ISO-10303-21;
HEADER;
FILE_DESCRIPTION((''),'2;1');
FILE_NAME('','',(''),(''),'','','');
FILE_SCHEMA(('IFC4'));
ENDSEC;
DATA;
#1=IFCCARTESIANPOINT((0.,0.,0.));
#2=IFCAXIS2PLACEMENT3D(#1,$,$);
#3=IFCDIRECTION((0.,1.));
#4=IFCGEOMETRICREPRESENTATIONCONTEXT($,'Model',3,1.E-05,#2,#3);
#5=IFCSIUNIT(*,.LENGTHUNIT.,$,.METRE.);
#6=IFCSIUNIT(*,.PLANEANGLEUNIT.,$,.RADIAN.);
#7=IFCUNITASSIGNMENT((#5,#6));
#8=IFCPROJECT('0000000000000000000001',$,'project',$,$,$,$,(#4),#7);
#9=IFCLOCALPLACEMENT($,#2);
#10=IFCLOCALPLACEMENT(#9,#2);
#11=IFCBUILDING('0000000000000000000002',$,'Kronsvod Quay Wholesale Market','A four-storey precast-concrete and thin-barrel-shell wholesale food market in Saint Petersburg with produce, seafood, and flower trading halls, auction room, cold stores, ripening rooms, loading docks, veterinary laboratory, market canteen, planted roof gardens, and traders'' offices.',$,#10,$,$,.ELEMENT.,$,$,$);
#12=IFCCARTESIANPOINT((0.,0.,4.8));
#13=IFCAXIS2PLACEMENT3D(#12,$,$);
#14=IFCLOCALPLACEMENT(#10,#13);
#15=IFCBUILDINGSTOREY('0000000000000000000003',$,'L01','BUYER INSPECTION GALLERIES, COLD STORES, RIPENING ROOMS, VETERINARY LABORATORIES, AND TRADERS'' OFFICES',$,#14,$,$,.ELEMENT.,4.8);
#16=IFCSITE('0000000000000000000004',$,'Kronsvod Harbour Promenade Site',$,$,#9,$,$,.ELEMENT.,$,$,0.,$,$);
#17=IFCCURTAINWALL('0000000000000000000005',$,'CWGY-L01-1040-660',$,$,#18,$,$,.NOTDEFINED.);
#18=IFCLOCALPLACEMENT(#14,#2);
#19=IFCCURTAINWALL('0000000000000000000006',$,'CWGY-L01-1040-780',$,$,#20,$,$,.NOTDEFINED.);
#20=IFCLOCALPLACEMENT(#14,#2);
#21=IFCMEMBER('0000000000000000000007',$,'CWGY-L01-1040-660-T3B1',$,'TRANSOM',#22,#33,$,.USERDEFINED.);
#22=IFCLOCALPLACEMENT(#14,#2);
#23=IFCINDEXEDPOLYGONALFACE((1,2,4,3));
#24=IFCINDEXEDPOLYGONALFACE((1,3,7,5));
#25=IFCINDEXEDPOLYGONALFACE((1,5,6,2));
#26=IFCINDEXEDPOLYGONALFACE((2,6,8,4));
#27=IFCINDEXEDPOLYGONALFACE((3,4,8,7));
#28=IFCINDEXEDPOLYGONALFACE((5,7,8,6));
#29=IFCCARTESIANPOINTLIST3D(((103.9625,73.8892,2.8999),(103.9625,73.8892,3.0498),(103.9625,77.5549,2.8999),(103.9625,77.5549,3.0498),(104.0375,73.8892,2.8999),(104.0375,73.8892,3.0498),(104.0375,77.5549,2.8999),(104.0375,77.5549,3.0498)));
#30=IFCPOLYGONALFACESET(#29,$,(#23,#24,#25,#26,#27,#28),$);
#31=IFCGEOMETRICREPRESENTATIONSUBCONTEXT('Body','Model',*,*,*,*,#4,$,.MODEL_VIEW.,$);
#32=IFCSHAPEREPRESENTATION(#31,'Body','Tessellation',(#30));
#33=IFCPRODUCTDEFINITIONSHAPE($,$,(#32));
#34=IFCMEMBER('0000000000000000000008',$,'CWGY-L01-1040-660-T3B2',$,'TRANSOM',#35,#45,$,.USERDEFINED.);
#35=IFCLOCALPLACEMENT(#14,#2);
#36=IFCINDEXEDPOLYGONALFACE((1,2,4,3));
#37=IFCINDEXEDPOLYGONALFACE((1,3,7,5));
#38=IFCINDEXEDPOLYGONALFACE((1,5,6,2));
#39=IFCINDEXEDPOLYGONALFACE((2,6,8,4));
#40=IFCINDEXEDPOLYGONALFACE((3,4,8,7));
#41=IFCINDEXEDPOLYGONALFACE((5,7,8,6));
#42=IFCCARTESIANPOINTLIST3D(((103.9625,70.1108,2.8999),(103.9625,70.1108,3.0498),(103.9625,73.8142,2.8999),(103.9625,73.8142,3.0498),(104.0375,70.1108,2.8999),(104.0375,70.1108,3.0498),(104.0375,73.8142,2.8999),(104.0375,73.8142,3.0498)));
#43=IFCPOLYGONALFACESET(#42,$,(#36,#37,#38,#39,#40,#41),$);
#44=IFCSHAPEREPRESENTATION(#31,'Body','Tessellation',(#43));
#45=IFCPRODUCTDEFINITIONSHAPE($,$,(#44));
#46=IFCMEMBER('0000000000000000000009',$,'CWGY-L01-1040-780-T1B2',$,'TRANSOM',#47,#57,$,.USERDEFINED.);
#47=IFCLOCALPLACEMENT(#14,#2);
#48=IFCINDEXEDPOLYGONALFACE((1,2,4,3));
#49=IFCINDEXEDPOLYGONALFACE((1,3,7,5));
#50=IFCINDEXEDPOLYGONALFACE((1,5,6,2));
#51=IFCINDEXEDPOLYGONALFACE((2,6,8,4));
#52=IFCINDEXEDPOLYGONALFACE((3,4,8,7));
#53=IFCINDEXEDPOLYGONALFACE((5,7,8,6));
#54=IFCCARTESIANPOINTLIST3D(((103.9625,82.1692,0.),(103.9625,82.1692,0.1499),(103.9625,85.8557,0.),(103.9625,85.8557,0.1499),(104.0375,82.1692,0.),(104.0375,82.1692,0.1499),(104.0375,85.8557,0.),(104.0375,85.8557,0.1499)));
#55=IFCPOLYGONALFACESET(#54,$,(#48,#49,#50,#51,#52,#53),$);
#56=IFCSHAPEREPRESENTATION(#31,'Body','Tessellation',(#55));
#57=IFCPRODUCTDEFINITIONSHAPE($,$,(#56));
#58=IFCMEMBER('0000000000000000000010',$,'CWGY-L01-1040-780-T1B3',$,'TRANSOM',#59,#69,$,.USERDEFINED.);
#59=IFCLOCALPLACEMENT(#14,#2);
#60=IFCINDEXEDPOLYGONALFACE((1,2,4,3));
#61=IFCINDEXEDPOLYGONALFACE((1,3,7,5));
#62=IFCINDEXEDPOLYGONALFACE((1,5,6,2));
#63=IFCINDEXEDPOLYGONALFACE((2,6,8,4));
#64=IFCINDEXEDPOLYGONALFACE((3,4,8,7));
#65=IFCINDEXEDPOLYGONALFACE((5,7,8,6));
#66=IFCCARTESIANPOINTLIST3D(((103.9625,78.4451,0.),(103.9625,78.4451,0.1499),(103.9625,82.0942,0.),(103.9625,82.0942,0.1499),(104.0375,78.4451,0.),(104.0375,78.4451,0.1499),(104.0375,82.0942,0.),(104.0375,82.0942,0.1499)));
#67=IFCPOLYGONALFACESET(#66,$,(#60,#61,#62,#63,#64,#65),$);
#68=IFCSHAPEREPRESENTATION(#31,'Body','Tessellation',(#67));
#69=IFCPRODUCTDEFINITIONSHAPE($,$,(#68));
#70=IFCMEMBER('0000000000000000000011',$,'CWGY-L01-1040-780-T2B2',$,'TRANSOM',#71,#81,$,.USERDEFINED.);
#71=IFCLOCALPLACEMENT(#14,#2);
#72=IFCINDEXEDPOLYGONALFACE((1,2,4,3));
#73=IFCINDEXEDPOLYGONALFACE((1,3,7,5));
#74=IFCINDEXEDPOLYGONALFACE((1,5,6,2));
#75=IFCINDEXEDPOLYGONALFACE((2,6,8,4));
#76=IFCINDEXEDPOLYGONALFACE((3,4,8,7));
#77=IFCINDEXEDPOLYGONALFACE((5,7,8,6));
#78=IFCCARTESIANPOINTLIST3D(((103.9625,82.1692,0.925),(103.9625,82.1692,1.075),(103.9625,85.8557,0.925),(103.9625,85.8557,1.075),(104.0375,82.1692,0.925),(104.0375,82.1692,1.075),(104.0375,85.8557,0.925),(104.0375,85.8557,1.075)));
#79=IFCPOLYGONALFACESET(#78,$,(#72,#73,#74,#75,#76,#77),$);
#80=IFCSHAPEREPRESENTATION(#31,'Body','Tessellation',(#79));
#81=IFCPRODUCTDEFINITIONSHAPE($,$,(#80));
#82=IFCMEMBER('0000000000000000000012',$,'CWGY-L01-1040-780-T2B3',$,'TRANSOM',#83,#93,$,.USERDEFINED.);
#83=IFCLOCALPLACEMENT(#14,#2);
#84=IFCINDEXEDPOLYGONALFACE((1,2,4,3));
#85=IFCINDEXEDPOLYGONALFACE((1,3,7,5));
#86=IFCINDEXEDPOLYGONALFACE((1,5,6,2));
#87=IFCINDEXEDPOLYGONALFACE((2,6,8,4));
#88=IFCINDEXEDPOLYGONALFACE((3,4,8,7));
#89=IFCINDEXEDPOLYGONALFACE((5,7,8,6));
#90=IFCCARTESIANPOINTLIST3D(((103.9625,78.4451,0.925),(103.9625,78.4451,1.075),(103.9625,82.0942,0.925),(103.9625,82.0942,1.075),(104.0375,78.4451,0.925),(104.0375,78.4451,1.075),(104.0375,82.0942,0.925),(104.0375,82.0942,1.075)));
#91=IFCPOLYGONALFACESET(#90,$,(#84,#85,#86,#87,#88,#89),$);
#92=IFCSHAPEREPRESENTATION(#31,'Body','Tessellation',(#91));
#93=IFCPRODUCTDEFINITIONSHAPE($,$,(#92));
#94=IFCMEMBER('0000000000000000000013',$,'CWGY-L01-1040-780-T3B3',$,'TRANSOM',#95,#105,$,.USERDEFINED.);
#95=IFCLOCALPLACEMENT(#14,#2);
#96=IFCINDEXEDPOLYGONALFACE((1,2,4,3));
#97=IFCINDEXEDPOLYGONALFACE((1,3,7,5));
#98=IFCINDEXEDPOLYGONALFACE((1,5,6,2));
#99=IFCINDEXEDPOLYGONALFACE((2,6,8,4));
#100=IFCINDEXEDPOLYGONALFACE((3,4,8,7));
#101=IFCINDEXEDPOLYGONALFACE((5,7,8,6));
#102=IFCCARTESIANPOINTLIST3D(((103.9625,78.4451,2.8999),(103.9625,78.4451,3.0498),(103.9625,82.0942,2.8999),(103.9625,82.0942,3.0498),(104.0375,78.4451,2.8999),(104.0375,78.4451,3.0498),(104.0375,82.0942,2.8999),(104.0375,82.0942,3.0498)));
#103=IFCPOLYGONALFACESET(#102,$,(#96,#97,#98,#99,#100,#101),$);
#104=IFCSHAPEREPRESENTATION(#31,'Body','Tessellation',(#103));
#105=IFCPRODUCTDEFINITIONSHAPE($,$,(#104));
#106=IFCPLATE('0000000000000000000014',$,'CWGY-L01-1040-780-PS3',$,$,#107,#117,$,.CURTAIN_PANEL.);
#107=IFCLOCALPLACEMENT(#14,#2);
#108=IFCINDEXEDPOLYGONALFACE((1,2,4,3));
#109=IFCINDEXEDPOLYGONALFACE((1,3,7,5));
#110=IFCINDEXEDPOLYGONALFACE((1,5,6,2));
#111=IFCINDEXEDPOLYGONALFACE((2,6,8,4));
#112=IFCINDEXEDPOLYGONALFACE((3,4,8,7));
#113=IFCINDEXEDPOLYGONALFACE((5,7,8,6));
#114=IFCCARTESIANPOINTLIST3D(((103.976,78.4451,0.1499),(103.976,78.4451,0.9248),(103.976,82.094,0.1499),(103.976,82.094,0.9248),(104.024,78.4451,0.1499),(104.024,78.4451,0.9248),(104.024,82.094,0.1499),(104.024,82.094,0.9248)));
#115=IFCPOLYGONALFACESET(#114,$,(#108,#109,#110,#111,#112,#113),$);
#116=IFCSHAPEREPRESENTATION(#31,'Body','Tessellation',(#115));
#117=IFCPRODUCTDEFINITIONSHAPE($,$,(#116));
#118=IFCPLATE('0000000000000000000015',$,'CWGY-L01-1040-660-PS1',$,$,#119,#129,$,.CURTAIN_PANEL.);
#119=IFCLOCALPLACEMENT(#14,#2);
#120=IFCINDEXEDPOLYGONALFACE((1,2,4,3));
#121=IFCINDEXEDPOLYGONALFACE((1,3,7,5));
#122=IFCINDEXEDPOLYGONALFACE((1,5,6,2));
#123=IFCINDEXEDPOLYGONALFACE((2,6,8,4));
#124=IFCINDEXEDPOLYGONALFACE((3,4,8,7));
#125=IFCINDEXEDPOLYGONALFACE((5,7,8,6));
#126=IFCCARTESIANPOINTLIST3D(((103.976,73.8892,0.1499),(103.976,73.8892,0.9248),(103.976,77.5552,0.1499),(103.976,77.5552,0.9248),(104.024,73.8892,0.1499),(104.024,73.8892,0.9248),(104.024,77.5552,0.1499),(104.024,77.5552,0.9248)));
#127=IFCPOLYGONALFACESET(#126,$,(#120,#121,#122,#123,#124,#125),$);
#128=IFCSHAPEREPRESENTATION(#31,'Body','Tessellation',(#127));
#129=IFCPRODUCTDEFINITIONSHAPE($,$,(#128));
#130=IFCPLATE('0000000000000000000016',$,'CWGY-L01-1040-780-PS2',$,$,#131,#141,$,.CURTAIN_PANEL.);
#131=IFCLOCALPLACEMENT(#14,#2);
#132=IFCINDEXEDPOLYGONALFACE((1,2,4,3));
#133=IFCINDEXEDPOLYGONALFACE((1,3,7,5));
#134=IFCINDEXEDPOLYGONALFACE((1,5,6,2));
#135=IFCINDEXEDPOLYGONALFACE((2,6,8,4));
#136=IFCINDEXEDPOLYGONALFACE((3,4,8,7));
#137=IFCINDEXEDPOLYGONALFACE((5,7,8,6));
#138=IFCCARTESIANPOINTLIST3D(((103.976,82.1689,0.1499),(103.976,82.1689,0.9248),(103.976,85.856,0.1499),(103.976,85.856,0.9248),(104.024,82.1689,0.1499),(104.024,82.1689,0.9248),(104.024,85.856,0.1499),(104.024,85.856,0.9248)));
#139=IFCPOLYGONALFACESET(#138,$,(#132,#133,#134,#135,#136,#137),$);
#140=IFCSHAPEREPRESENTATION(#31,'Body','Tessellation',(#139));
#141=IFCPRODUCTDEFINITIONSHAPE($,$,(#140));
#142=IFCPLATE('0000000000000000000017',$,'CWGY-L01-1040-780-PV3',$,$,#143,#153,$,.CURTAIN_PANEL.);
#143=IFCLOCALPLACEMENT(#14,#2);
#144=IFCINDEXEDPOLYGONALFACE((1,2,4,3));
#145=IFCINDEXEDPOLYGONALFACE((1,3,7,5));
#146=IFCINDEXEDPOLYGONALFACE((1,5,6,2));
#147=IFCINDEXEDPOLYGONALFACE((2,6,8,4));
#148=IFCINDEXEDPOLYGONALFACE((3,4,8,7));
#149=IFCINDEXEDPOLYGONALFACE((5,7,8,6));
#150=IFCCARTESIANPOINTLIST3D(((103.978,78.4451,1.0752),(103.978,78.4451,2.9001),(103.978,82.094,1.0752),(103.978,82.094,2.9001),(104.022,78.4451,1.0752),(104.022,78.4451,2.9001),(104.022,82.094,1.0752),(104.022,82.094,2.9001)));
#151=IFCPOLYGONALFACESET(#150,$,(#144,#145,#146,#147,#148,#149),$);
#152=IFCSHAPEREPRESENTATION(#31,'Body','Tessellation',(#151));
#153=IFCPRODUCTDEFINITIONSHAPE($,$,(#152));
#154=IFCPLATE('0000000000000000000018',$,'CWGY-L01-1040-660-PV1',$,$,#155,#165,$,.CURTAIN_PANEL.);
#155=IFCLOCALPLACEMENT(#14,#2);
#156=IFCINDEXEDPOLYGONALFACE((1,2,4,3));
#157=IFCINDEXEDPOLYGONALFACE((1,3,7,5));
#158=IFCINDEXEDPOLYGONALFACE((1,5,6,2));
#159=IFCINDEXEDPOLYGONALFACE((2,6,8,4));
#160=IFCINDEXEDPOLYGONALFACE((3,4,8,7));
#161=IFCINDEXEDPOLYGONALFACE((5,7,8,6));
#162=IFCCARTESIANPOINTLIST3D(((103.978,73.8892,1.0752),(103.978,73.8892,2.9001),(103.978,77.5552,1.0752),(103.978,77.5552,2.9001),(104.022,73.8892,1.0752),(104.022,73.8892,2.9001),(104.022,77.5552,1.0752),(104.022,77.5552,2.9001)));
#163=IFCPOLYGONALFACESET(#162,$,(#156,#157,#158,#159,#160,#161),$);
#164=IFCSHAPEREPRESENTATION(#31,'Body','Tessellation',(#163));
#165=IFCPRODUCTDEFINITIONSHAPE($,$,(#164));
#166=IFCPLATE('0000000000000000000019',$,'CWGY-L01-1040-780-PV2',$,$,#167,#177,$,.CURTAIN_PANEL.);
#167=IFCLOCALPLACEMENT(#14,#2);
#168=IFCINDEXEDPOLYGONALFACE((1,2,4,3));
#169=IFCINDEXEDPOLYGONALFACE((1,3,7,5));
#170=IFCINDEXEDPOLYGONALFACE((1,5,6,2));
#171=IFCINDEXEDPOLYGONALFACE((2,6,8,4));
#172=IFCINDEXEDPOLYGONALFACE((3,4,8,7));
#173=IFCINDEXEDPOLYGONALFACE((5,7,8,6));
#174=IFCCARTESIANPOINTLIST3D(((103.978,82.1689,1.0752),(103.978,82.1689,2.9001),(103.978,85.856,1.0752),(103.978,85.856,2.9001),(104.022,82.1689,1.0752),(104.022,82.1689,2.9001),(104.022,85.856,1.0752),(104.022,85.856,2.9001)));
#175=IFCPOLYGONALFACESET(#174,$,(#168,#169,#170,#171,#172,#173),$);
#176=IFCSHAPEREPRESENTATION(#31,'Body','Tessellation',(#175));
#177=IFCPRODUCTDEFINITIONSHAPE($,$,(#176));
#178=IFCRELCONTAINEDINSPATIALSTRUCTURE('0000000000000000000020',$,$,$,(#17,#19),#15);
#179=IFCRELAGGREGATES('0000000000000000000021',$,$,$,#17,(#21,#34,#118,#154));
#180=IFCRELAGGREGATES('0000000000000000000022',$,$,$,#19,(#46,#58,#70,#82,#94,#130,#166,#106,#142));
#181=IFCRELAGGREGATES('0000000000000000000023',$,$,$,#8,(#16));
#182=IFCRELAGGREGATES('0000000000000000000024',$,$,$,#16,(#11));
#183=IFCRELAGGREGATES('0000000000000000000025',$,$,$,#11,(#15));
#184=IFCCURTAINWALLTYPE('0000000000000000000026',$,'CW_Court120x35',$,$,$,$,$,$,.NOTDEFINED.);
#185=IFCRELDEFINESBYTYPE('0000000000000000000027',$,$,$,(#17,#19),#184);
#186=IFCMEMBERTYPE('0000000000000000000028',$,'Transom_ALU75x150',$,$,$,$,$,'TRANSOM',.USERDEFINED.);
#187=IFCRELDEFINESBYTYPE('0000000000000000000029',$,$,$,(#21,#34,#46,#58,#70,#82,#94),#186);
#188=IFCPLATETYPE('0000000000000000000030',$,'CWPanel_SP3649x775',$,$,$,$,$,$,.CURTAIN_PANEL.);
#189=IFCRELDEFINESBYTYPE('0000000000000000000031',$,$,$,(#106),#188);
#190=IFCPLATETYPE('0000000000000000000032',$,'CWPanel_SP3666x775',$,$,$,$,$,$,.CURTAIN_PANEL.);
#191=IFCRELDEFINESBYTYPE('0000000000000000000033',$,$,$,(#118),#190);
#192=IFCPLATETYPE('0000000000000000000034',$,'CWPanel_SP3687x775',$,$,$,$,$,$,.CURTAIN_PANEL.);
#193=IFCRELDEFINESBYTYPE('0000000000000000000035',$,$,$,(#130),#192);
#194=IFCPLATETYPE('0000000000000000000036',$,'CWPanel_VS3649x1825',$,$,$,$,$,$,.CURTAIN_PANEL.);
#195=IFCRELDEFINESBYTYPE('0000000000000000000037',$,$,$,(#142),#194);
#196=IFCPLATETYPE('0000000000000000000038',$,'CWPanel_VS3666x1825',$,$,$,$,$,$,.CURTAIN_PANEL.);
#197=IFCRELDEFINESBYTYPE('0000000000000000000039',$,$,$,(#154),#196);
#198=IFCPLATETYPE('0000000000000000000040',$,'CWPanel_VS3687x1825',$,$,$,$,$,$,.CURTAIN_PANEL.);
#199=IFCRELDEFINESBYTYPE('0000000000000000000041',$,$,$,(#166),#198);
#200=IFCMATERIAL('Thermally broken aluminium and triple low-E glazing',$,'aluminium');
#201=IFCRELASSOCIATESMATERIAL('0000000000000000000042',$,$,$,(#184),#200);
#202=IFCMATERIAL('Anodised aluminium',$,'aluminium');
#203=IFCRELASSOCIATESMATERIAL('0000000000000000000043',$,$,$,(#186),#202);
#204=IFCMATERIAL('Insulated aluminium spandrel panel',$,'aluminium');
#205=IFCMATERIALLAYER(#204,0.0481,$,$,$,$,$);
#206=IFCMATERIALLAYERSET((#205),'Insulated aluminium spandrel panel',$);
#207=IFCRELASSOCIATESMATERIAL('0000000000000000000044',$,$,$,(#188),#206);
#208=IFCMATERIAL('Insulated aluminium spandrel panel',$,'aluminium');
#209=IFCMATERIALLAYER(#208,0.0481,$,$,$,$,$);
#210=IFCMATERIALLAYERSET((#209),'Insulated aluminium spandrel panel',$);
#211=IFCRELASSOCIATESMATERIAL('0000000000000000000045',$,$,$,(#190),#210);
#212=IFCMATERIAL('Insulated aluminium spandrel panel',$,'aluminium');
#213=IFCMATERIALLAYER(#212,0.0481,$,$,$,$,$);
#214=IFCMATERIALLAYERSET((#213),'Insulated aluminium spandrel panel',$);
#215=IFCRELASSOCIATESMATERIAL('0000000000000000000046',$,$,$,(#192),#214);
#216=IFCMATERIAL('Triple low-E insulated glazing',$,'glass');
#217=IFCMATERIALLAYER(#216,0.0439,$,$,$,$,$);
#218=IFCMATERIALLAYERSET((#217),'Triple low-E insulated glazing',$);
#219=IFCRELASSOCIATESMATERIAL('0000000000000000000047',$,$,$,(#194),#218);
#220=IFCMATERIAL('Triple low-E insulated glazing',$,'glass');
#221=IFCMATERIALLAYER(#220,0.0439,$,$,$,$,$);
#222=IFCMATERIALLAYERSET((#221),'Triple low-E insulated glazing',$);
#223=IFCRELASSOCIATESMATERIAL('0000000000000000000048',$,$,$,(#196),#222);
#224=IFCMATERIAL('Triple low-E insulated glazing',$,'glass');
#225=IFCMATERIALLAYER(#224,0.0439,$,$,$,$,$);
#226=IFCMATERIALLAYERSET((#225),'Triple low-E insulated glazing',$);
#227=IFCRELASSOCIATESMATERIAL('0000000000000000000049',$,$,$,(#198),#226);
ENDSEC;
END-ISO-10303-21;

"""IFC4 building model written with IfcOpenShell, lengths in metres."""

from ifc_helpers import new_model, si_unit, direction, frame, origin, origin_2d, place, context, subcontext, project, spatial, rectangle, extrude, material, layer, layer_set, material_profile, profile_set, type_object, element, aggregate, save


model = new_model("IFC4")

# Units and contexts
model_context = context("Model", 3, precision=1e-05, world=origin(), true_north=direction((0.0, 1.0)))
body_context = subcontext(model_context, "Body", "Model", "MODEL_VIEW")
ifc_project = project(units=[si_unit("LENGTHUNIT", "METRE"), si_unit("PLANEANGLEUNIT", "RADIAN")], contexts=[model_context])

# Site, building, storey
site_placement = place(None, origin())
site = spatial("IfcSite", under=ifc_project, at=site_placement, Name="Kronsvod Harbour Promenade Site", CompositionType="ELEMENT", RefElevation=0.0)
building_placement = place(site_placement, origin())
building = spatial("IfcBuilding", under=site, at=building_placement, Name="Kronsvod Quay Wholesale Market", Description="A four-storey precast-concrete and thin-barrel-shell wholesale food market in Saint Petersburg with produce, seafood, and flower trading halls, auction room, cold stores, ripening rooms, loading docks, veterinary laboratory, market canteen, planted roof gardens, and traders' offices.", CompositionType="ELEMENT")
storey_placement = place(building_placement, frame((0.0, 0.0, 4.8)))
storey = spatial("IfcBuildingStorey", under=building, at=storey_placement, Name="L01", Description="BUYER INSPECTION GALLERIES, COLD STORES, RIPENING ROOMS, VETERINARY LABORATORIES, AND TRADERS' OFFICES", CompositionType="ELEMENT", Elevation=4.8)

# Curtain walls
ifc_material_1 = material(Name="Thermally broken aluminium and triple low-E glazing", Category="aluminium")
curtain_wall_type = type_object("IfcCurtainWallType", Name="CW_Court120x35", PredefinedType="NOTDEFINED", material=ifc_material_1)
curtain_wall_1_placement = place(storey_placement, origin())
curtain_wall_1 = element("IfcCurtainWall", 1, at=curtain_wall_1_placement, inside=storey, type_object=curtain_wall_type, Name="CWGY-L01-1040-660", PredefinedType="NOTDEFINED")
curtain_wall_2_placement = place(storey_placement, origin())
curtain_wall_2 = element("IfcCurtainWall", 2, at=curtain_wall_2_placement, inside=storey, type_object=curtain_wall_type, Name="CWGY-L01-1040-780", PredefinedType="NOTDEFINED")

# Members
ifc_material_2 = material(Name="Anodised aluminium", Category="aluminium")
ifc_material_profile_1 = material_profile(ifc_material_2, rectangle(XDim=0.075, YDim=0.1499, at=origin_2d()), Name="ALUT75x150")
ifc_profile_set_1 = profile_set([ifc_material_profile_1], Name="Anodised aluminium")
member_type_1 = type_object("IfcMemberType", Name="Transom_ALU75x150", ElementType="TRANSOM", PredefinedType="USERDEFINED", material=ifc_profile_set_1)
member_1_placement = place(storey_placement, frame((104.0, 77.5549, 2.9749), z_axis=(0.0, -1.0, 0.0), x_axis=(1.0, 0.0, 0.0)))
member_1 = element("IfcMember", 3, at=member_1_placement, type_object=member_type_1, Name="CWGY-L01-1040-660-T3B1", ObjectType="TRANSOM", PredefinedType="USERDEFINED", context=body_context, shape_type="SweptSolid", body=[
    extrude(rectangle(XDim=0.075, YDim=0.1499, at=origin_2d()), origin(), (0.0, 0.0, 1.0), 3.6658),
])
member_2_placement = place(storey_placement, frame((104.0, 73.8142, 2.9749), z_axis=(0.0, -1.0, 0.0), x_axis=(1.0, 0.0, 0.0)))
member_2 = element("IfcMember", 4, at=member_2_placement, type_object=member_type_1, Name="CWGY-L01-1040-660-T3B2", ObjectType="TRANSOM", PredefinedType="USERDEFINED", context=body_context, shape_type="SweptSolid", body=[
    extrude(rectangle(XDim=0.075, YDim=0.1499, at=origin_2d()), origin(), (0.0, 0.0, 1.0), 3.7034),
])
member_3_placement = place(storey_placement, frame((104.0, 85.8557, 0.075), z_axis=(0.0, -1.0, 0.0), x_axis=(1.0, 0.0, 0.0)))
member_3 = element("IfcMember", 5, at=member_3_placement, type_object=member_type_1, Name="CWGY-L01-1040-780-T1B2", ObjectType="TRANSOM", PredefinedType="USERDEFINED", context=body_context, shape_type="SweptSolid", body=[
    extrude(rectangle(XDim=0.075, YDim=0.1499, at=origin_2d()), origin(), (0.0, 0.0, 1.0), 3.6865),
])
member_4_placement = place(storey_placement, frame((104.0, 82.0942, 0.075), z_axis=(0.0, -1.0, 0.0), x_axis=(1.0, 0.0, 0.0)))
member_4 = element("IfcMember", 6, at=member_4_placement, type_object=member_type_1, Name="CWGY-L01-1040-780-T1B3", ObjectType="TRANSOM", PredefinedType="USERDEFINED", context=body_context, shape_type="SweptSolid", body=[
    extrude(rectangle(XDim=0.075, YDim=0.1499, at=origin_2d()), origin(), (0.0, 0.0, 1.0), 3.6492),
])
member_5_placement = place(storey_placement, frame((104.0, 85.8557, 1.0), z_axis=(0.0, -1.0, 0.0), x_axis=(1.0, 0.0, 0.0)))
member_5 = element("IfcMember", 7, at=member_5_placement, type_object=member_type_1, Name="CWGY-L01-1040-780-T2B2", ObjectType="TRANSOM", PredefinedType="USERDEFINED", context=body_context, shape_type="SweptSolid", body=[
    extrude(rectangle(XDim=0.075, YDim=0.1499, at=origin_2d()), origin(), (0.0, 0.0, 1.0), 3.6865),
])
member_6_placement = place(storey_placement, frame((104.0, 82.0942, 1.0), z_axis=(0.0, -1.0, 0.0), x_axis=(1.0, 0.0, 0.0)))
member_6 = element("IfcMember", 8, at=member_6_placement, type_object=member_type_1, Name="CWGY-L01-1040-780-T2B3", ObjectType="TRANSOM", PredefinedType="USERDEFINED", context=body_context, shape_type="SweptSolid", body=[
    extrude(rectangle(XDim=0.075, YDim=0.1499, at=origin_2d()), origin(), (0.0, 0.0, 1.0), 3.6492),
])
member_7_placement = place(storey_placement, frame((104.0, 82.0942, 2.9749), z_axis=(0.0, -1.0, 0.0), x_axis=(1.0, 0.0, 0.0)))
member_7 = element("IfcMember", 9, at=member_7_placement, type_object=member_type_1, Name="CWGY-L01-1040-780-T3B3", ObjectType="TRANSOM", PredefinedType="USERDEFINED", context=body_context, shape_type="SweptSolid", body=[
    extrude(rectangle(XDim=0.075, YDim=0.1499, at=origin_2d()), origin(), (0.0, 0.0, 1.0), 3.6492),
])

# Plates
ifc_material_3 = material(Name="Insulated aluminium spandrel panel", Category="aluminium")
ifc_layer_1 = layer(ifc_material_3, 0.0481)
ifc_layer_set_1 = layer_set([ifc_layer_1], Name="Insulated aluminium spandrel panel")
plate_type_1 = type_object("IfcPlateType", Name="CWPanel_SP3649x775", PredefinedType="CURTAIN_PANEL", material=ifc_layer_set_1)
plate_1_placement = place(storey_placement, frame((104.0, 80.2695, 0.1499), z_axis=(0.0, 0.0, 1.0), x_axis=(0.0, -1.0, 0.0)))
plate_1 = element("IfcPlate", 10, at=plate_1_placement, type_object=plate_type_1, Name="CWGY-L01-1040-780-PS3", PredefinedType="CURTAIN_PANEL", context=body_context, shape_type="SweptSolid", body=[
    extrude(rectangle(XDim=3.6489, YDim=0.0481, at=origin_2d()), origin(), (0.0, 0.0, 1.0), 0.7749),
])
ifc_material_4 = material(Name="Insulated aluminium spandrel panel", Category="aluminium")
ifc_layer_2 = layer(ifc_material_4, 0.0481)
ifc_layer_set_2 = layer_set([ifc_layer_2], Name="Insulated aluminium spandrel panel")
plate_type_2 = type_object("IfcPlateType", Name="CWPanel_SP3666x775", PredefinedType="CURTAIN_PANEL", material=ifc_layer_set_2)
plate_2_placement = place(storey_placement, frame((104.0, 75.7222, 0.1499), z_axis=(0.0, 0.0, 1.0), x_axis=(0.0, -1.0, 0.0)))
plate_2 = element("IfcPlate", 11, at=plate_2_placement, type_object=plate_type_2, Name="CWGY-L01-1040-660-PS1", PredefinedType="CURTAIN_PANEL", context=body_context, shape_type="SweptSolid", body=[
    extrude(rectangle(XDim=3.666, YDim=0.0481, at=origin_2d()), origin(), (0.0, 0.0, 1.0), 0.7749),
])
ifc_material_5 = material(Name="Insulated aluminium spandrel panel", Category="aluminium")
ifc_layer_3 = layer(ifc_material_5, 0.0481)
ifc_layer_set_3 = layer_set([ifc_layer_3], Name="Insulated aluminium spandrel panel")
plate_type_3 = type_object("IfcPlateType", Name="CWPanel_SP3687x775", PredefinedType="CURTAIN_PANEL", material=ifc_layer_set_3)
plate_3_placement = place(storey_placement, frame((104.0, 84.0125, 0.1499), z_axis=(0.0, 0.0, 1.0), x_axis=(0.0, -1.0, 0.0)))
plate_3 = element("IfcPlate", 12, at=plate_3_placement, type_object=plate_type_3, Name="CWGY-L01-1040-780-PS2", PredefinedType="CURTAIN_PANEL", context=body_context, shape_type="SweptSolid", body=[
    extrude(rectangle(XDim=3.687, YDim=0.0481, at=origin_2d()), origin(), (0.0, 0.0, 1.0), 0.7749),
])
ifc_material_6 = material(Name="Triple low-E insulated glazing", Category="glass")
ifc_layer_4 = layer(ifc_material_6, 0.0439)
ifc_layer_set_4 = layer_set([ifc_layer_4], Name="Triple low-E insulated glazing")
plate_type_4 = type_object("IfcPlateType", Name="CWPanel_VS3649x1825", PredefinedType="CURTAIN_PANEL", material=ifc_layer_set_4)
plate_4_placement = place(storey_placement, frame((104.0, 80.2695, 1.0752), z_axis=(0.0, 0.0, 1.0), x_axis=(0.0, -1.0, 0.0)))
plate_4 = element("IfcPlate", 13, at=plate_4_placement, type_object=plate_type_4, Name="CWGY-L01-1040-780-PV3", PredefinedType="CURTAIN_PANEL", context=body_context, shape_type="SweptSolid", body=[
    extrude(rectangle(XDim=3.6489, YDim=0.0439, at=origin_2d()), origin(), (0.0, 0.0, 1.0), 1.825),
])
ifc_material_7 = material(Name="Triple low-E insulated glazing", Category="glass")
ifc_layer_5 = layer(ifc_material_7, 0.0439)
ifc_layer_set_5 = layer_set([ifc_layer_5], Name="Triple low-E insulated glazing")
plate_type_5 = type_object("IfcPlateType", Name="CWPanel_VS3666x1825", PredefinedType="CURTAIN_PANEL", material=ifc_layer_set_5)
plate_5_placement = place(storey_placement, frame((104.0, 75.7222, 1.0752), z_axis=(0.0, 0.0, 1.0), x_axis=(0.0, -1.0, 0.0)))
plate_5 = element("IfcPlate", 14, at=plate_5_placement, type_object=plate_type_5, Name="CWGY-L01-1040-660-PV1", PredefinedType="CURTAIN_PANEL", context=body_context, shape_type="SweptSolid", body=[
    extrude(rectangle(XDim=3.666, YDim=0.0439, at=origin_2d()), origin(), (0.0, 0.0, 1.0), 1.825),
])
aggregate(curtain_wall_1, [member_1, member_2, plate_2, plate_5])
ifc_material_8 = material(Name="Triple low-E insulated glazing", Category="glass")
ifc_layer_6 = layer(ifc_material_8, 0.0439)
ifc_layer_set_6 = layer_set([ifc_layer_6], Name="Triple low-E insulated glazing")
plate_type_6 = type_object("IfcPlateType", Name="CWPanel_VS3687x1825", PredefinedType="CURTAIN_PANEL", material=ifc_layer_set_6)
plate_6_placement = place(storey_placement, frame((104.0, 84.0125, 1.0752), z_axis=(0.0, 0.0, 1.0), x_axis=(0.0, -1.0, 0.0)))
plate_6 = element("IfcPlate", 15, at=plate_6_placement, type_object=plate_type_6, Name="CWGY-L01-1040-780-PV2", PredefinedType="CURTAIN_PANEL", context=body_context, shape_type="SweptSolid", body=[
    extrude(rectangle(XDim=3.687, YDim=0.0439, at=origin_2d()), origin(), (0.0, 0.0, 1.0), 1.825),
])
aggregate(curtain_wall_2, [member_3, member_4, member_5, member_6, member_7, plate_3, plate_6, plate_1, plate_4])

save(model, "model.ifc")
